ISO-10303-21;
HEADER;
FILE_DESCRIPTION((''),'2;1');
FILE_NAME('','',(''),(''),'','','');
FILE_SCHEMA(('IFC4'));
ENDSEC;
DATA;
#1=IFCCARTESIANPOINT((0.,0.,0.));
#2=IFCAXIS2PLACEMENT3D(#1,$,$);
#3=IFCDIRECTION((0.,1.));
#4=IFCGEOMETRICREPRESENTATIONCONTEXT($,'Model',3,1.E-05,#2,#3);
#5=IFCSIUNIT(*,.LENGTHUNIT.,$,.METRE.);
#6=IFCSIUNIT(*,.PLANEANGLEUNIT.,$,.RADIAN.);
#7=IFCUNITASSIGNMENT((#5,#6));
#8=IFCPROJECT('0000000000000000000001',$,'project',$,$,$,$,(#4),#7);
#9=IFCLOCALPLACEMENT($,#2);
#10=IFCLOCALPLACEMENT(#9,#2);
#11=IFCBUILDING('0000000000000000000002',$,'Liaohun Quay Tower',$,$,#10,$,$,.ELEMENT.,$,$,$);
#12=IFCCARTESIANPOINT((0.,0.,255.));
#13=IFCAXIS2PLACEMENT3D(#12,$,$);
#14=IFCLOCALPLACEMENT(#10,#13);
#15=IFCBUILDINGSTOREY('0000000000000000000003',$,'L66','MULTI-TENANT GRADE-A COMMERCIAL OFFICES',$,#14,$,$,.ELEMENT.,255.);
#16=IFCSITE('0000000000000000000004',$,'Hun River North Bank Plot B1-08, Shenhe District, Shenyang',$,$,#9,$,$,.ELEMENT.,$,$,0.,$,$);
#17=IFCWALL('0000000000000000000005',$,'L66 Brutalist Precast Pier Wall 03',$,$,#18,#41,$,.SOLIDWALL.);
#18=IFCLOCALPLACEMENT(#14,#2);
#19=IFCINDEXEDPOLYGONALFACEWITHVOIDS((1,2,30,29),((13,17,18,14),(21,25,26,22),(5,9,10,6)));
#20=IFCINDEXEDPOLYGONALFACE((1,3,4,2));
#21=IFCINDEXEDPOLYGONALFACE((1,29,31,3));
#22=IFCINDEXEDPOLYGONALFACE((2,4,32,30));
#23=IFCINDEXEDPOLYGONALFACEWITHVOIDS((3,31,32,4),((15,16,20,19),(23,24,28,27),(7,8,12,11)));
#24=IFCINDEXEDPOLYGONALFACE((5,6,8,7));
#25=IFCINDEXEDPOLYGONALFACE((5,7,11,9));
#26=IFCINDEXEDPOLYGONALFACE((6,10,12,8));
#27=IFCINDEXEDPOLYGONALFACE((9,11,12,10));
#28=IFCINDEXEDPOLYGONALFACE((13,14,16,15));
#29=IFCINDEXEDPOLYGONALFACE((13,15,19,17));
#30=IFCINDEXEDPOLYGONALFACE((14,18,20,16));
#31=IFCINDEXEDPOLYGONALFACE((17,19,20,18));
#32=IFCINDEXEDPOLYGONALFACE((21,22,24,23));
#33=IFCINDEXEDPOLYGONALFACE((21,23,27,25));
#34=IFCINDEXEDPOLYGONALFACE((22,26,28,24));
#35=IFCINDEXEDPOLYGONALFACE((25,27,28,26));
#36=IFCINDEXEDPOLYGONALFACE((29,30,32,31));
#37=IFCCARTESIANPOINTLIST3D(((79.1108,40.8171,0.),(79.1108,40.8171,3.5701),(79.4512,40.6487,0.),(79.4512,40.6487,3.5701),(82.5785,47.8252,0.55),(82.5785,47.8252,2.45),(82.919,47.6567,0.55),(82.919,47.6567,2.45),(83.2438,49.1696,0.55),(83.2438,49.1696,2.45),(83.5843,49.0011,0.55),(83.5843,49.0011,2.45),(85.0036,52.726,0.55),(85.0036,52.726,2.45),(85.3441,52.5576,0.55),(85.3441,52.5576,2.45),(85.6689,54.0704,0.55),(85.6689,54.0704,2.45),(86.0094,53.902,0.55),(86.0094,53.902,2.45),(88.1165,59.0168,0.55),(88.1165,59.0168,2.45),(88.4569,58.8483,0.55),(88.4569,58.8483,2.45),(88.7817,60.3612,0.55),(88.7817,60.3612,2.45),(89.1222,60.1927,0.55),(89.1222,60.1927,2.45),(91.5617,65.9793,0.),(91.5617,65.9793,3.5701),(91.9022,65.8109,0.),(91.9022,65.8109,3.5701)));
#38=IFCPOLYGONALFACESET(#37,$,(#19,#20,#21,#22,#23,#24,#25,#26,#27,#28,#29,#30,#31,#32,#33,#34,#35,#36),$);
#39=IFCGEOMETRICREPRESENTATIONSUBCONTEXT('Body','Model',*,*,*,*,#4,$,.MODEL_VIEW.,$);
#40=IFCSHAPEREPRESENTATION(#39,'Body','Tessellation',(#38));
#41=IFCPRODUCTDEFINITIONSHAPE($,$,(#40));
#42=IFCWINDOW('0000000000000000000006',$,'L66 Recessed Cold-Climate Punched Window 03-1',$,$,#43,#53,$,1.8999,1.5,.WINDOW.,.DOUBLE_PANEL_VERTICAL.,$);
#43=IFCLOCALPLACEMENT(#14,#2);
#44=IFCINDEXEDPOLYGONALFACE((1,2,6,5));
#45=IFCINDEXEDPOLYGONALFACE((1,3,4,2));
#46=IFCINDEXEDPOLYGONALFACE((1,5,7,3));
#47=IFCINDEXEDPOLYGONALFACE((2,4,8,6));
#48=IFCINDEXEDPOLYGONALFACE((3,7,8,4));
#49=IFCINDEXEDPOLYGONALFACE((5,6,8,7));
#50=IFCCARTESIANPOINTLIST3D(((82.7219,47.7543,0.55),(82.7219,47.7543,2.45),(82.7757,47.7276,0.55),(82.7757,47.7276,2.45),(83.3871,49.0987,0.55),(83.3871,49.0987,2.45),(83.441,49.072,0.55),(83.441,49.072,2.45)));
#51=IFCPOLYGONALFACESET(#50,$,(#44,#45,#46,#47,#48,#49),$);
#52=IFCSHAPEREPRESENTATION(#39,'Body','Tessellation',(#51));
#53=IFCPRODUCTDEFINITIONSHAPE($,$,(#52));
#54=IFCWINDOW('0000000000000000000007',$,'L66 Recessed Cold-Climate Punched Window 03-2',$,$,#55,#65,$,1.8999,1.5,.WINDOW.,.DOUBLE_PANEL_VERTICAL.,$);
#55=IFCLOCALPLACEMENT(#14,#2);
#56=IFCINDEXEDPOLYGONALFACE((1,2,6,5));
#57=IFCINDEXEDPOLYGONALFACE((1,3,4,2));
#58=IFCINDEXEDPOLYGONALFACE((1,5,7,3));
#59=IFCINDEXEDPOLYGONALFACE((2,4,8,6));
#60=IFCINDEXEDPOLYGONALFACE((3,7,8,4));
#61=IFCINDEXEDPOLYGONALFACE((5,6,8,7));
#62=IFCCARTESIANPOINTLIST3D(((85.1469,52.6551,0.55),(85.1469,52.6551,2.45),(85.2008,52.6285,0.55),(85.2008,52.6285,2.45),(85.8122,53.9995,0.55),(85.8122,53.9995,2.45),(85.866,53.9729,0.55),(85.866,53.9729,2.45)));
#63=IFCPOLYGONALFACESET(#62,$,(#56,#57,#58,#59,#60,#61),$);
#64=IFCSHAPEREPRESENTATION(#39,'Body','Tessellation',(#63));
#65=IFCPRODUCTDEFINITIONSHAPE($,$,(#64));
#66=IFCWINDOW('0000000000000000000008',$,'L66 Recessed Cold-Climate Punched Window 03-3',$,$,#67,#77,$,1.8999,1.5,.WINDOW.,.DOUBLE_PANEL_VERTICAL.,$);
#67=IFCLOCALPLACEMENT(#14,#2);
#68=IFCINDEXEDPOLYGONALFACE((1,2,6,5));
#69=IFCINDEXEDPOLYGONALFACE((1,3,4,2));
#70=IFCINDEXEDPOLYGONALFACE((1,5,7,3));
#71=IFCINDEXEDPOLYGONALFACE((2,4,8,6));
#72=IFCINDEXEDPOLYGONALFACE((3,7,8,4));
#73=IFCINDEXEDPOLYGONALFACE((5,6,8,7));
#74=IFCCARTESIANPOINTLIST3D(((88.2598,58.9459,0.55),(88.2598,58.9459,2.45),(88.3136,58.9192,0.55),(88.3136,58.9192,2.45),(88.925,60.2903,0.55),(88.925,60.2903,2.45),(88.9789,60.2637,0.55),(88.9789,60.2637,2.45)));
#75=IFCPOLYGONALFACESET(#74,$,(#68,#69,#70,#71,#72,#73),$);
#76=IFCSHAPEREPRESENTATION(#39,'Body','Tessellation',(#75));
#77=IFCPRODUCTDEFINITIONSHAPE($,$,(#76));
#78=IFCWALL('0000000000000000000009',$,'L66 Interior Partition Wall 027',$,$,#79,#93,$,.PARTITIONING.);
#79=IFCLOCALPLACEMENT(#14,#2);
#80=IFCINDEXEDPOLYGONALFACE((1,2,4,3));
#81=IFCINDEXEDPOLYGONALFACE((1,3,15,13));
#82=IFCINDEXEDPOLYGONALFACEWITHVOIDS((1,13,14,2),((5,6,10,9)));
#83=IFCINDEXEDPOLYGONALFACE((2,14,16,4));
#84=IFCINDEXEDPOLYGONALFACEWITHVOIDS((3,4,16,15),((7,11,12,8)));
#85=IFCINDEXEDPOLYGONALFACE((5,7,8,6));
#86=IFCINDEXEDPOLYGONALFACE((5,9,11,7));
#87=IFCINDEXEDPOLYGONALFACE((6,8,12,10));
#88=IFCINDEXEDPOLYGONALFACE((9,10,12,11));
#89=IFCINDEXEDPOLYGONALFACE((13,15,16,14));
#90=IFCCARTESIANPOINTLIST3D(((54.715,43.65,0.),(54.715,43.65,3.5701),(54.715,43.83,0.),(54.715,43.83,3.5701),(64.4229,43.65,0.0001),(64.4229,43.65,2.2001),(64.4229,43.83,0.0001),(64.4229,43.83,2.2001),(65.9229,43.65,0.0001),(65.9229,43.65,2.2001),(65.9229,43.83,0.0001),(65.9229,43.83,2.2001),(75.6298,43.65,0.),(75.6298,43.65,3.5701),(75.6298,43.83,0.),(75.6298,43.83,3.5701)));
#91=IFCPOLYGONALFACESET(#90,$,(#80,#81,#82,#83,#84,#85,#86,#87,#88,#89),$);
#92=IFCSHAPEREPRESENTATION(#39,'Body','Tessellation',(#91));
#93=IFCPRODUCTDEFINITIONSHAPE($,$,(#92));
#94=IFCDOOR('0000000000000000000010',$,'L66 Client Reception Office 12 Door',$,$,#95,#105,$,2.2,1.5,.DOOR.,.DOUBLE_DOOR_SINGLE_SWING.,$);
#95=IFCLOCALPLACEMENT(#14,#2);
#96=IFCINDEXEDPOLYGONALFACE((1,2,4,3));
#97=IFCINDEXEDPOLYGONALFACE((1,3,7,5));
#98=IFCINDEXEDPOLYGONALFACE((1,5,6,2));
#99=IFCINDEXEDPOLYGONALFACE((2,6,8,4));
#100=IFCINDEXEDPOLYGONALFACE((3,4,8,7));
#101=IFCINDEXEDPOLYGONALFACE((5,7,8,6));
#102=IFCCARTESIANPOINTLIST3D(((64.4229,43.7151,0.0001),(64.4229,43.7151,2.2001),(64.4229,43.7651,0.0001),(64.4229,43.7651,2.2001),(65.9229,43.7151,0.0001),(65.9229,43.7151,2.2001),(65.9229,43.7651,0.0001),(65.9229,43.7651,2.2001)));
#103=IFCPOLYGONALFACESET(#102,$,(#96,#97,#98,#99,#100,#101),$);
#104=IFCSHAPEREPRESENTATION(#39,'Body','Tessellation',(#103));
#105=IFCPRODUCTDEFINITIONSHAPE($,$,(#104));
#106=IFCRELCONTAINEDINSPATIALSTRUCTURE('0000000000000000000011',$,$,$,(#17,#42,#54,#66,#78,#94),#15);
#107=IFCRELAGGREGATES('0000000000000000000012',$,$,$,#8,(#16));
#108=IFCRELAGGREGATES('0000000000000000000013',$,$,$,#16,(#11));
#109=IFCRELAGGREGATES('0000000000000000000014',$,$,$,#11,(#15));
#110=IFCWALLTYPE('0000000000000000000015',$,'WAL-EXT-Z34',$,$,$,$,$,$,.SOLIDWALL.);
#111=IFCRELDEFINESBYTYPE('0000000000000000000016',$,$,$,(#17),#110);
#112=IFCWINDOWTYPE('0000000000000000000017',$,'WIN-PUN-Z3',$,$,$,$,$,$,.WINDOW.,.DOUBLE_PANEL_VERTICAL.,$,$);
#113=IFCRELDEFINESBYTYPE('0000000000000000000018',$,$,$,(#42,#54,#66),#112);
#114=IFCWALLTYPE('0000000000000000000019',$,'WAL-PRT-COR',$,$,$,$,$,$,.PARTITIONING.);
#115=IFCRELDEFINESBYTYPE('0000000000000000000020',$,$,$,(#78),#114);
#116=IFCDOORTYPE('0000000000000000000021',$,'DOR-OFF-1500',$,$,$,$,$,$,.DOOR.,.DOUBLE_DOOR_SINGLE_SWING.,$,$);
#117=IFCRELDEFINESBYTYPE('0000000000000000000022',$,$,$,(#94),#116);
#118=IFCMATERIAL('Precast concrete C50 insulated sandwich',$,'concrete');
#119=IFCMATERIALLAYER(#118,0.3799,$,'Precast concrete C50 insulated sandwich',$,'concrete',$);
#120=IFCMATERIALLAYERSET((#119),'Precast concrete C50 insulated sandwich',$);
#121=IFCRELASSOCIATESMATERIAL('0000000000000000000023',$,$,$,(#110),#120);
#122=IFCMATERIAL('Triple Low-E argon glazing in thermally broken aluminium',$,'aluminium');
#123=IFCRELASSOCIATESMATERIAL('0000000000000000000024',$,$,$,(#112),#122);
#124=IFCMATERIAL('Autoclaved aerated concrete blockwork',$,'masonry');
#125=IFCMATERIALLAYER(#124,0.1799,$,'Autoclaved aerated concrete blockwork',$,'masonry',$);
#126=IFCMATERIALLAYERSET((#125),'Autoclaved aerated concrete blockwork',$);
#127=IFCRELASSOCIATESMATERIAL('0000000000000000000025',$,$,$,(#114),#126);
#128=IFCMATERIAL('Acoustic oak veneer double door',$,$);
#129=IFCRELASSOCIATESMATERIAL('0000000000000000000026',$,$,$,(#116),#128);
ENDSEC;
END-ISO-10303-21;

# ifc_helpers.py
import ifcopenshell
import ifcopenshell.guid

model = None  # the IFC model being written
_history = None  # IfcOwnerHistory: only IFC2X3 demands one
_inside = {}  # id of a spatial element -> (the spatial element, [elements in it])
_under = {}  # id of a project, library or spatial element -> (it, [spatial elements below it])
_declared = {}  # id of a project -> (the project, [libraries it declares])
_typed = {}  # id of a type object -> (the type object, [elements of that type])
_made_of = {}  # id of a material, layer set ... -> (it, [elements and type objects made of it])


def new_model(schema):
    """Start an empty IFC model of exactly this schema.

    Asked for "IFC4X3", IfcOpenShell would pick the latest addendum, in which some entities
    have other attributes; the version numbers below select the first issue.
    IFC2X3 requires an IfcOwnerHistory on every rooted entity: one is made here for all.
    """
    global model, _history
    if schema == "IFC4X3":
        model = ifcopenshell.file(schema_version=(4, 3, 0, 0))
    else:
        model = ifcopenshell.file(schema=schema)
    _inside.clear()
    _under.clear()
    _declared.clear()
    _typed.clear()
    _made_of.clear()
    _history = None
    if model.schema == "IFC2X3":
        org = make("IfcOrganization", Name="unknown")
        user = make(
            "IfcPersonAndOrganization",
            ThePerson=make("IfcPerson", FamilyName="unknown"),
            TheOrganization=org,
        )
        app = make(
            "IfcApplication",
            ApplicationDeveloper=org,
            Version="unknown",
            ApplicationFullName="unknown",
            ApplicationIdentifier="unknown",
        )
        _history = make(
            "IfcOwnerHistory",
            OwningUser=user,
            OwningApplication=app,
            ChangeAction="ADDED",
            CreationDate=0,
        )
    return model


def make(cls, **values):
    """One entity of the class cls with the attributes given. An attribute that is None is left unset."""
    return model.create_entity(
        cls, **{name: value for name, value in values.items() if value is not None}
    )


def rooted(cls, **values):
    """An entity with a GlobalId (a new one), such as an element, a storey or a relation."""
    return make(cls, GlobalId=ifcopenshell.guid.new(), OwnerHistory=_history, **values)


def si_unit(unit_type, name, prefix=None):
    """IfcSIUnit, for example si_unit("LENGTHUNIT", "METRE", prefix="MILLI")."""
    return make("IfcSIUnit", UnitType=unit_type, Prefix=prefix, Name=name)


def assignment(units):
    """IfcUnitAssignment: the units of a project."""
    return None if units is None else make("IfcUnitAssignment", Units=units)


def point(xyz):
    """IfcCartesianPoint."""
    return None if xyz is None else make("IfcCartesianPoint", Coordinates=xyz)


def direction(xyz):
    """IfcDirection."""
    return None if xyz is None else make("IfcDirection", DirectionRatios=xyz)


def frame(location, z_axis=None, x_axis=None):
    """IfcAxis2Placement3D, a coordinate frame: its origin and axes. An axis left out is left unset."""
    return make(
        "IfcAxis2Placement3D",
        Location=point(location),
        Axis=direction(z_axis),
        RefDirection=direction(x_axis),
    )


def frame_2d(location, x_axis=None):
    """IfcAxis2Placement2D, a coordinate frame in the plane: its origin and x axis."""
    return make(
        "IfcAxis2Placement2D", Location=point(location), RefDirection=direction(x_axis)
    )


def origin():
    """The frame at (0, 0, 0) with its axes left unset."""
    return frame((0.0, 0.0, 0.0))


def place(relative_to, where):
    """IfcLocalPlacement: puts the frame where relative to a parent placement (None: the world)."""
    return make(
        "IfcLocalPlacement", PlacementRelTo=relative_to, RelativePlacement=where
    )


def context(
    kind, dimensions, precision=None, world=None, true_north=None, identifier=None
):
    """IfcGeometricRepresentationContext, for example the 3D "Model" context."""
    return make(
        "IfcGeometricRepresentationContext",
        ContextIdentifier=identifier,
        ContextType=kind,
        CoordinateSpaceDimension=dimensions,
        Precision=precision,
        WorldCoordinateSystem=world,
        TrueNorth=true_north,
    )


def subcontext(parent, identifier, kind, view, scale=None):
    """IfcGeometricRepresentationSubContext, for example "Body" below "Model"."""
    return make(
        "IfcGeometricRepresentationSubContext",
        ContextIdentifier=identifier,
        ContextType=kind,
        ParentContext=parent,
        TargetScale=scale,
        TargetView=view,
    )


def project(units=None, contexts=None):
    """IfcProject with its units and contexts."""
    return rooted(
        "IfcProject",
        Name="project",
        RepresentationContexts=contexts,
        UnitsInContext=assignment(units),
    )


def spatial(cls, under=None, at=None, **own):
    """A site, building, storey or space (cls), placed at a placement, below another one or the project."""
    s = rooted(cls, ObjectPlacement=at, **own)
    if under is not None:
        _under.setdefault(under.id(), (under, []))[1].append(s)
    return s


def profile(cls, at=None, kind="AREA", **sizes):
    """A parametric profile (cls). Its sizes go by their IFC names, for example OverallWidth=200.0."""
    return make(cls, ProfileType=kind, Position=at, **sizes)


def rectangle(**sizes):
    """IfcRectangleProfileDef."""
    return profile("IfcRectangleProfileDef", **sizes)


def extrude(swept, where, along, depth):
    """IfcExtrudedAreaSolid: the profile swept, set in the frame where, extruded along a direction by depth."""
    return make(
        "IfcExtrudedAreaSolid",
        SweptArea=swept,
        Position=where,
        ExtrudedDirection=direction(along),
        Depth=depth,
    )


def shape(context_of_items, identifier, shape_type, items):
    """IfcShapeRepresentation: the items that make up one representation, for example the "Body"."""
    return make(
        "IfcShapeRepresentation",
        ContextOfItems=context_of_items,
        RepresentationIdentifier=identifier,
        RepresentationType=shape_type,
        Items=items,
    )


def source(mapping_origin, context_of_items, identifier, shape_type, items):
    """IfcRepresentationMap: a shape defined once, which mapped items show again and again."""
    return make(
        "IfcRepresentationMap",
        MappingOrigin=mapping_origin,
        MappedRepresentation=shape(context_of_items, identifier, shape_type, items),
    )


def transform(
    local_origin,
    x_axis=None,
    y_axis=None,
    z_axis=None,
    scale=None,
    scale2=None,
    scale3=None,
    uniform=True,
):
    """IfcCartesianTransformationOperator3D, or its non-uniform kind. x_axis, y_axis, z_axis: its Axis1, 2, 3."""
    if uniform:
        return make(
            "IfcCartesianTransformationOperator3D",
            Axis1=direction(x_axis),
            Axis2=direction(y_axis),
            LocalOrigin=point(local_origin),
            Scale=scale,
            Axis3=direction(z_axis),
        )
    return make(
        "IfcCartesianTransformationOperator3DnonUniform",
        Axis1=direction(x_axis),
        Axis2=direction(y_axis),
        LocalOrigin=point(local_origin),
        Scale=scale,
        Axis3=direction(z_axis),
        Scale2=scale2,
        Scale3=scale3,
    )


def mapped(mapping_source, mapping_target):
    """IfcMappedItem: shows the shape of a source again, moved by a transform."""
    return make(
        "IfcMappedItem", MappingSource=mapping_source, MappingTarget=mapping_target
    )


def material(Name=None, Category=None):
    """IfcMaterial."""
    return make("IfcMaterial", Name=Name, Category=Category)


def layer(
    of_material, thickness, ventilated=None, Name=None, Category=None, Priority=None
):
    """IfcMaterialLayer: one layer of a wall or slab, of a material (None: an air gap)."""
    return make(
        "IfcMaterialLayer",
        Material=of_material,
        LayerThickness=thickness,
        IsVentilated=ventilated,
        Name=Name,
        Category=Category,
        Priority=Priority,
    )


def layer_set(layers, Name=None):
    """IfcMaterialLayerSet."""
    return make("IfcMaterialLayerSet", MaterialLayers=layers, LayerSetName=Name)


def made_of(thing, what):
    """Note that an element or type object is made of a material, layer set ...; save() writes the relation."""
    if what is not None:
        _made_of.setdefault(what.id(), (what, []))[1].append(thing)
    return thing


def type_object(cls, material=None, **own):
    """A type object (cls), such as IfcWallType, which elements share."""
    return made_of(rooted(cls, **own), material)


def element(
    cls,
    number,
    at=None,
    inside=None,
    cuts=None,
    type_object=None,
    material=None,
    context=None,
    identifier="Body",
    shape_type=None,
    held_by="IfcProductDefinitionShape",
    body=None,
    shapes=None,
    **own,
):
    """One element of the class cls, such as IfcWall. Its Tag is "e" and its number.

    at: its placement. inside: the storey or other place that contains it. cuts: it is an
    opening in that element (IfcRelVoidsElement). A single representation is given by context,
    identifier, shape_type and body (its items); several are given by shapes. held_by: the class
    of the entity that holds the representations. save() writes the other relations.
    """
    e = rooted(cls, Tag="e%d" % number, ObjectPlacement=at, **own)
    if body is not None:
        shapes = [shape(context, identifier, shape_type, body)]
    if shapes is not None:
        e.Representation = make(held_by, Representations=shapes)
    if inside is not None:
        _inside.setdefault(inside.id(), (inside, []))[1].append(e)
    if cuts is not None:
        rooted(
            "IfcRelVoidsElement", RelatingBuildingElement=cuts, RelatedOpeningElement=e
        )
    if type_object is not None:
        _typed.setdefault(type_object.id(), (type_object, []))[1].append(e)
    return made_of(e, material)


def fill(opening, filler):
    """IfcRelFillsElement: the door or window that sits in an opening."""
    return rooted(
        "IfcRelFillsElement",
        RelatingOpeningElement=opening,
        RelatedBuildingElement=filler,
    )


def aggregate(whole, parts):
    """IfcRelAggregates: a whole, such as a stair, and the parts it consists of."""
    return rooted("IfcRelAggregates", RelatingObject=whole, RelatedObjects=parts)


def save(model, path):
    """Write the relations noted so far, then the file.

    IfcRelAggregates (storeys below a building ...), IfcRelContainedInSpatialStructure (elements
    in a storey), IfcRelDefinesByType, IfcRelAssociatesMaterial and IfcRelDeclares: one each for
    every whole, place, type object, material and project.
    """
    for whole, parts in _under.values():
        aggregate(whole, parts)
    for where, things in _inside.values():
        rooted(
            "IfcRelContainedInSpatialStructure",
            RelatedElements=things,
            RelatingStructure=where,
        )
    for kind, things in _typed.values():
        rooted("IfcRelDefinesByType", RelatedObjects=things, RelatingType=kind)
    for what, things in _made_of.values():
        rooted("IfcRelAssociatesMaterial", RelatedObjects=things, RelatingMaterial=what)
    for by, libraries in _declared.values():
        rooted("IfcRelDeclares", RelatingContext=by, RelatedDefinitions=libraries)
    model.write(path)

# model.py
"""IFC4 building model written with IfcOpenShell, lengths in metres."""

from ifc_helpers import new_model, si_unit, direction, frame, frame_2d, origin, place, context, subcontext, project, spatial, rectangle, extrude, source, transform, mapped, material, layer, layer_set, type_object, element, fill, save


model = new_model("IFC4")

# Units and contexts
model_context = context("Model", 3, precision=1e-05, world=origin(), true_north=direction((0.0, 1.0)))
body_context = subcontext(model_context, "Body", "Model", "MODEL_VIEW")
ifc_project = project(units=[si_unit("LENGTHUNIT", "METRE"), si_unit("PLANEANGLEUNIT", "RADIAN")], contexts=[model_context])

# Site, building, storey
site_placement = place(None, origin())
site = spatial("IfcSite", under=ifc_project, at=site_placement, Name="Hun River North Bank Plot B1-08, Shenhe District, Shenyang", CompositionType="ELEMENT", RefElevation=0.0)
building_placement = place(site_placement, origin())
building = spatial("IfcBuilding", under=site, at=building_placement, Name="Liaohun Quay Tower", CompositionType="ELEMENT")
storey_placement = place(building_placement, frame((0.0, 0.0, 255.0)))
storey = spatial("IfcBuildingStorey", under=building, at=storey_placement, Name="L66", Description="MULTI-TENANT GRADE-A COMMERCIAL OFFICES", CompositionType="ELEMENT", Elevation=255.0)

# Shared definitions
ifc_material_1 = material(Name="Precast concrete C50 insulated sandwich", Category="concrete")
ifc_layer_1 = layer(ifc_material_1, 0.3799, Name="Precast concrete C50 insulated sandwich", Category="concrete")
ifc_layer_set_1 = layer_set([ifc_layer_1], Name="Precast concrete C50 insulated sandwich")
wall_type_1 = type_object("IfcWallType", Name="WAL-EXT-Z34", PredefinedType="SOLIDWALL", material=ifc_layer_set_1)

# Wall, openings, windows
shared_shape_1 = source(origin(), body_context, "Body", "SweptSolid", [
    extrude(rectangle(XDim=1.5, YDim=1.8999, at=frame_2d((0.75, 0.95))), frame((0.0, 0.2, 0.0), z_axis=(0.0, -1.0, 0.0), x_axis=(1.0, 0.0, 0.0)), (0.0, 0.0, 1.0), 0.3999),
])
ifc_material_2 = material(Name="Triple Low-E argon glazing in thermally broken aluminium", Category="aluminium")
window_type_1 = type_object("IfcWindowType", Name="WIN-PUN-Z3", PartitioningType="DOUBLE_PANEL_VERTICAL", PredefinedType="WINDOW", material=ifc_material_2)
shared_shape_2 = source(origin(), body_context, "Body", "SweptSolid", [
    extrude(rectangle(XDim=1.5, YDim=1.8999, at=frame_2d((0.75, 0.95))), frame((0.0, 0.03, 0.0), z_axis=(0.0, -1.0, 0.0), x_axis=(1.0, 0.0, 0.0)), (0.0, 0.0, 1.0), 0.0601),
])
wall_1_placement = place(storey_placement, frame((79.281, 40.7329, 0.0), z_axis=(0.0, 0.0, 1.0), x_axis=(0.443502, 0.896274, 0.0)))
wall_1 = element("IfcWall", 1, at=wall_1_placement, inside=storey, type_object=wall_type_1, Name="L66 Brutalist Precast Pier Wall 03", PredefinedType="SOLIDWALL", context=body_context, shape_type="SweptSolid", body=[
    extrude(rectangle(XDim=28.0742, YDim=0.3799, at=frame_2d((14.0371, 0.0))), origin(), (0.0, 0.0, 1.0), 3.5701),
])
opening_1_placement = place(wall_1_placement, frame((7.8191, 0.0, 0.55)))
opening_1 = element("IfcOpeningElement", 2, at=opening_1_placement, cuts=wall_1, PredefinedType="OPENING", context=body_context, shape_type="MappedRepresentation", body=[
    mapped(shared_shape_1, transform((0.0, 0.0, 0.0), x_axis=(1.0, 0.0, 0.0), y_axis=(0.0, 1.0, 0.0), z_axis=(0.0, 0.0, 1.0), scale=1.0)),
])
opening_2_placement = place(wall_1_placement, frame((13.2871, 0.0, 0.55)))
opening_2 = element("IfcOpeningElement", 3, at=opening_2_placement, cuts=wall_1, PredefinedType="OPENING", context=body_context, shape_type="MappedRepresentation", body=[
    mapped(shared_shape_1, transform((0.0, 0.0, 0.0), x_axis=(1.0, 0.0, 0.0), y_axis=(0.0, 1.0, 0.0), z_axis=(0.0, 0.0, 1.0), scale=1.0)),
])
opening_3_placement = place(wall_1_placement, frame((20.3059, 0.0, 0.55)))
opening_3 = element("IfcOpeningElement", 4, at=opening_3_placement, cuts=wall_1, PredefinedType="OPENING", context=body_context, shape_type="MappedRepresentation", body=[
    mapped(shared_shape_1, transform((0.0, 0.0, 0.0), x_axis=(1.0, 0.0, 0.0), y_axis=(0.0, 1.0, 0.0), z_axis=(0.0, 0.0, 1.0), scale=1.0)),
])
window_1_placement = place(opening_1_placement, origin())
window_1 = element("IfcWindow", 5, at=window_1_placement, inside=storey, type_object=window_type_1, Name="L66 Recessed Cold-Climate Punched Window 03-1", OverallHeight=1.8999, OverallWidth=1.5, PartitioningType="DOUBLE_PANEL_VERTICAL", PredefinedType="WINDOW", context=body_context, shape_type="MappedRepresentation", body=[
    mapped(shared_shape_2, transform((0.0, 0.0, 0.0), x_axis=(1.0, 0.0, 0.0), y_axis=(0.0, 1.0, 0.0), z_axis=(0.0, 0.0, 1.0), scale=1.0)),
])
fill(opening_1, window_1)
window_2_placement = place(opening_2_placement, origin())
window_2 = element("IfcWindow", 6, at=window_2_placement, inside=storey, type_object=window_type_1, Name="L66 Recessed Cold-Climate Punched Window 03-2", OverallHeight=1.8999, OverallWidth=1.5, PartitioningType="DOUBLE_PANEL_VERTICAL", PredefinedType="WINDOW", context=body_context, shape_type="MappedRepresentation", body=[
    mapped(shared_shape_2, transform((0.0, 0.0, 0.0), x_axis=(1.0, 0.0, 0.0), y_axis=(0.0, 1.0, 0.0), z_axis=(0.0, 0.0, 1.0), scale=1.0)),
])
fill(opening_2, window_2)
window_3_placement = place(opening_3_placement, origin())
window_3 = element("IfcWindow", 7, at=window_3_placement, inside=storey, type_object=window_type_1, Name="L66 Recessed Cold-Climate Punched Window 03-3", OverallHeight=1.8999, OverallWidth=1.5, PartitioningType="DOUBLE_PANEL_VERTICAL", PredefinedType="WINDOW", context=body_context, shape_type="MappedRepresentation", body=[
    mapped(shared_shape_2, transform((0.0, 0.0, 0.0), x_axis=(1.0, 0.0, 0.0), y_axis=(0.0, 1.0, 0.0), z_axis=(0.0, 0.0, 1.0), scale=1.0)),
])
fill(opening_3, window_3)

# Wall, opening, door
ifc_material_3 = material(Name="Autoclaved aerated concrete blockwork", Category="masonry")
ifc_layer_2 = layer(ifc_material_3, 0.1799, Name="Autoclaved aerated concrete blockwork", Category="masonry")
ifc_layer_set_2 = layer_set([ifc_layer_2], Name="Autoclaved aerated concrete blockwork")
wall_type_2 = type_object("IfcWallType", Name="WAL-PRT-COR", PredefinedType="PARTITIONING", material=ifc_layer_set_2)
wall_2_placement = place(storey_placement, frame((75.6299, 43.74, 0.0), z_axis=(0.0, 0.0, 1.0), x_axis=(-1.0, 0.0, 0.0)))
wall_2 = element("IfcWall", 8, at=wall_2_placement, inside=storey, type_object=wall_type_2, Name="L66 Interior Partition Wall 027", PredefinedType="PARTITIONING", context=body_context, shape_type="SweptSolid", body=[
    extrude(rectangle(XDim=20.9148, YDim=0.1799, at=frame_2d((10.4575, 0.0))), origin(), (0.0, 0.0, 1.0), 3.5701),
])
shared_shape_3 = source(origin(), body_context, "Body", "SweptSolid", [
    extrude(rectangle(XDim=1.5, YDim=2.2, at=frame_2d((0.75, 1.1001))), frame((0.0, 0.0999, 0.0), z_axis=(0.0, -1.0, 0.0), x_axis=(1.0, 0.0, 0.0)), (0.0, 0.0, 1.0), 0.2),
])
opening_4_placement = place(wall_2_placement, frame((9.707, 0.0, 0.0)))
opening_4 = element("IfcOpeningElement", 9, at=opening_4_placement, cuts=wall_2, PredefinedType="OPENING", context=body_context, shape_type="MappedRepresentation", body=[
    mapped(shared_shape_3, transform((0.0, 0.0, 0.0), x_axis=(1.0, 0.0, 0.0), y_axis=(0.0, 1.0, 0.0), z_axis=(0.0, 0.0, 1.0), scale=1.0)),
])
ifc_material_4 = material(Name="Acoustic oak veneer double door")
door_type = type_object("IfcDoorType", Name="DOR-OFF-1500", OperationType="DOUBLE_DOOR_SINGLE_SWING", PredefinedType="DOOR", material=ifc_material_4)
shared_shape_4 = source(origin(), body_context, "Body", "SweptSolid", [
    extrude(rectangle(XDim=1.5, YDim=2.2, at=frame_2d((0.75, 1.1001))), frame((0.0, 0.0249, 0.0), z_axis=(0.0, -1.0, 0.0), x_axis=(1.0, 0.0, 0.0)), (0.0, 0.0, 1.0), 0.05),
])
door_placement = place(opening_4_placement, origin())
door = element("IfcDoor", 10, at=door_placement, inside=storey, type_object=door_type, Name="L66 Client Reception Office 12 Door", OperationType="DOUBLE_DOOR_SINGLE_SWING", OverallHeight=2.2, OverallWidth=1.5, PredefinedType="DOOR", context=body_context, shape_type="MappedRepresentation", body=[
    mapped(shared_shape_4, transform((0.0, 0.0, 0.0), x_axis=(1.0, 0.0, 0.0), y_axis=(0.0, 1.0, 0.0), z_axis=(0.0, 0.0, 1.0), scale=1.0)),
])
fill(opening_4, door)

save(model, "model.ifc")
